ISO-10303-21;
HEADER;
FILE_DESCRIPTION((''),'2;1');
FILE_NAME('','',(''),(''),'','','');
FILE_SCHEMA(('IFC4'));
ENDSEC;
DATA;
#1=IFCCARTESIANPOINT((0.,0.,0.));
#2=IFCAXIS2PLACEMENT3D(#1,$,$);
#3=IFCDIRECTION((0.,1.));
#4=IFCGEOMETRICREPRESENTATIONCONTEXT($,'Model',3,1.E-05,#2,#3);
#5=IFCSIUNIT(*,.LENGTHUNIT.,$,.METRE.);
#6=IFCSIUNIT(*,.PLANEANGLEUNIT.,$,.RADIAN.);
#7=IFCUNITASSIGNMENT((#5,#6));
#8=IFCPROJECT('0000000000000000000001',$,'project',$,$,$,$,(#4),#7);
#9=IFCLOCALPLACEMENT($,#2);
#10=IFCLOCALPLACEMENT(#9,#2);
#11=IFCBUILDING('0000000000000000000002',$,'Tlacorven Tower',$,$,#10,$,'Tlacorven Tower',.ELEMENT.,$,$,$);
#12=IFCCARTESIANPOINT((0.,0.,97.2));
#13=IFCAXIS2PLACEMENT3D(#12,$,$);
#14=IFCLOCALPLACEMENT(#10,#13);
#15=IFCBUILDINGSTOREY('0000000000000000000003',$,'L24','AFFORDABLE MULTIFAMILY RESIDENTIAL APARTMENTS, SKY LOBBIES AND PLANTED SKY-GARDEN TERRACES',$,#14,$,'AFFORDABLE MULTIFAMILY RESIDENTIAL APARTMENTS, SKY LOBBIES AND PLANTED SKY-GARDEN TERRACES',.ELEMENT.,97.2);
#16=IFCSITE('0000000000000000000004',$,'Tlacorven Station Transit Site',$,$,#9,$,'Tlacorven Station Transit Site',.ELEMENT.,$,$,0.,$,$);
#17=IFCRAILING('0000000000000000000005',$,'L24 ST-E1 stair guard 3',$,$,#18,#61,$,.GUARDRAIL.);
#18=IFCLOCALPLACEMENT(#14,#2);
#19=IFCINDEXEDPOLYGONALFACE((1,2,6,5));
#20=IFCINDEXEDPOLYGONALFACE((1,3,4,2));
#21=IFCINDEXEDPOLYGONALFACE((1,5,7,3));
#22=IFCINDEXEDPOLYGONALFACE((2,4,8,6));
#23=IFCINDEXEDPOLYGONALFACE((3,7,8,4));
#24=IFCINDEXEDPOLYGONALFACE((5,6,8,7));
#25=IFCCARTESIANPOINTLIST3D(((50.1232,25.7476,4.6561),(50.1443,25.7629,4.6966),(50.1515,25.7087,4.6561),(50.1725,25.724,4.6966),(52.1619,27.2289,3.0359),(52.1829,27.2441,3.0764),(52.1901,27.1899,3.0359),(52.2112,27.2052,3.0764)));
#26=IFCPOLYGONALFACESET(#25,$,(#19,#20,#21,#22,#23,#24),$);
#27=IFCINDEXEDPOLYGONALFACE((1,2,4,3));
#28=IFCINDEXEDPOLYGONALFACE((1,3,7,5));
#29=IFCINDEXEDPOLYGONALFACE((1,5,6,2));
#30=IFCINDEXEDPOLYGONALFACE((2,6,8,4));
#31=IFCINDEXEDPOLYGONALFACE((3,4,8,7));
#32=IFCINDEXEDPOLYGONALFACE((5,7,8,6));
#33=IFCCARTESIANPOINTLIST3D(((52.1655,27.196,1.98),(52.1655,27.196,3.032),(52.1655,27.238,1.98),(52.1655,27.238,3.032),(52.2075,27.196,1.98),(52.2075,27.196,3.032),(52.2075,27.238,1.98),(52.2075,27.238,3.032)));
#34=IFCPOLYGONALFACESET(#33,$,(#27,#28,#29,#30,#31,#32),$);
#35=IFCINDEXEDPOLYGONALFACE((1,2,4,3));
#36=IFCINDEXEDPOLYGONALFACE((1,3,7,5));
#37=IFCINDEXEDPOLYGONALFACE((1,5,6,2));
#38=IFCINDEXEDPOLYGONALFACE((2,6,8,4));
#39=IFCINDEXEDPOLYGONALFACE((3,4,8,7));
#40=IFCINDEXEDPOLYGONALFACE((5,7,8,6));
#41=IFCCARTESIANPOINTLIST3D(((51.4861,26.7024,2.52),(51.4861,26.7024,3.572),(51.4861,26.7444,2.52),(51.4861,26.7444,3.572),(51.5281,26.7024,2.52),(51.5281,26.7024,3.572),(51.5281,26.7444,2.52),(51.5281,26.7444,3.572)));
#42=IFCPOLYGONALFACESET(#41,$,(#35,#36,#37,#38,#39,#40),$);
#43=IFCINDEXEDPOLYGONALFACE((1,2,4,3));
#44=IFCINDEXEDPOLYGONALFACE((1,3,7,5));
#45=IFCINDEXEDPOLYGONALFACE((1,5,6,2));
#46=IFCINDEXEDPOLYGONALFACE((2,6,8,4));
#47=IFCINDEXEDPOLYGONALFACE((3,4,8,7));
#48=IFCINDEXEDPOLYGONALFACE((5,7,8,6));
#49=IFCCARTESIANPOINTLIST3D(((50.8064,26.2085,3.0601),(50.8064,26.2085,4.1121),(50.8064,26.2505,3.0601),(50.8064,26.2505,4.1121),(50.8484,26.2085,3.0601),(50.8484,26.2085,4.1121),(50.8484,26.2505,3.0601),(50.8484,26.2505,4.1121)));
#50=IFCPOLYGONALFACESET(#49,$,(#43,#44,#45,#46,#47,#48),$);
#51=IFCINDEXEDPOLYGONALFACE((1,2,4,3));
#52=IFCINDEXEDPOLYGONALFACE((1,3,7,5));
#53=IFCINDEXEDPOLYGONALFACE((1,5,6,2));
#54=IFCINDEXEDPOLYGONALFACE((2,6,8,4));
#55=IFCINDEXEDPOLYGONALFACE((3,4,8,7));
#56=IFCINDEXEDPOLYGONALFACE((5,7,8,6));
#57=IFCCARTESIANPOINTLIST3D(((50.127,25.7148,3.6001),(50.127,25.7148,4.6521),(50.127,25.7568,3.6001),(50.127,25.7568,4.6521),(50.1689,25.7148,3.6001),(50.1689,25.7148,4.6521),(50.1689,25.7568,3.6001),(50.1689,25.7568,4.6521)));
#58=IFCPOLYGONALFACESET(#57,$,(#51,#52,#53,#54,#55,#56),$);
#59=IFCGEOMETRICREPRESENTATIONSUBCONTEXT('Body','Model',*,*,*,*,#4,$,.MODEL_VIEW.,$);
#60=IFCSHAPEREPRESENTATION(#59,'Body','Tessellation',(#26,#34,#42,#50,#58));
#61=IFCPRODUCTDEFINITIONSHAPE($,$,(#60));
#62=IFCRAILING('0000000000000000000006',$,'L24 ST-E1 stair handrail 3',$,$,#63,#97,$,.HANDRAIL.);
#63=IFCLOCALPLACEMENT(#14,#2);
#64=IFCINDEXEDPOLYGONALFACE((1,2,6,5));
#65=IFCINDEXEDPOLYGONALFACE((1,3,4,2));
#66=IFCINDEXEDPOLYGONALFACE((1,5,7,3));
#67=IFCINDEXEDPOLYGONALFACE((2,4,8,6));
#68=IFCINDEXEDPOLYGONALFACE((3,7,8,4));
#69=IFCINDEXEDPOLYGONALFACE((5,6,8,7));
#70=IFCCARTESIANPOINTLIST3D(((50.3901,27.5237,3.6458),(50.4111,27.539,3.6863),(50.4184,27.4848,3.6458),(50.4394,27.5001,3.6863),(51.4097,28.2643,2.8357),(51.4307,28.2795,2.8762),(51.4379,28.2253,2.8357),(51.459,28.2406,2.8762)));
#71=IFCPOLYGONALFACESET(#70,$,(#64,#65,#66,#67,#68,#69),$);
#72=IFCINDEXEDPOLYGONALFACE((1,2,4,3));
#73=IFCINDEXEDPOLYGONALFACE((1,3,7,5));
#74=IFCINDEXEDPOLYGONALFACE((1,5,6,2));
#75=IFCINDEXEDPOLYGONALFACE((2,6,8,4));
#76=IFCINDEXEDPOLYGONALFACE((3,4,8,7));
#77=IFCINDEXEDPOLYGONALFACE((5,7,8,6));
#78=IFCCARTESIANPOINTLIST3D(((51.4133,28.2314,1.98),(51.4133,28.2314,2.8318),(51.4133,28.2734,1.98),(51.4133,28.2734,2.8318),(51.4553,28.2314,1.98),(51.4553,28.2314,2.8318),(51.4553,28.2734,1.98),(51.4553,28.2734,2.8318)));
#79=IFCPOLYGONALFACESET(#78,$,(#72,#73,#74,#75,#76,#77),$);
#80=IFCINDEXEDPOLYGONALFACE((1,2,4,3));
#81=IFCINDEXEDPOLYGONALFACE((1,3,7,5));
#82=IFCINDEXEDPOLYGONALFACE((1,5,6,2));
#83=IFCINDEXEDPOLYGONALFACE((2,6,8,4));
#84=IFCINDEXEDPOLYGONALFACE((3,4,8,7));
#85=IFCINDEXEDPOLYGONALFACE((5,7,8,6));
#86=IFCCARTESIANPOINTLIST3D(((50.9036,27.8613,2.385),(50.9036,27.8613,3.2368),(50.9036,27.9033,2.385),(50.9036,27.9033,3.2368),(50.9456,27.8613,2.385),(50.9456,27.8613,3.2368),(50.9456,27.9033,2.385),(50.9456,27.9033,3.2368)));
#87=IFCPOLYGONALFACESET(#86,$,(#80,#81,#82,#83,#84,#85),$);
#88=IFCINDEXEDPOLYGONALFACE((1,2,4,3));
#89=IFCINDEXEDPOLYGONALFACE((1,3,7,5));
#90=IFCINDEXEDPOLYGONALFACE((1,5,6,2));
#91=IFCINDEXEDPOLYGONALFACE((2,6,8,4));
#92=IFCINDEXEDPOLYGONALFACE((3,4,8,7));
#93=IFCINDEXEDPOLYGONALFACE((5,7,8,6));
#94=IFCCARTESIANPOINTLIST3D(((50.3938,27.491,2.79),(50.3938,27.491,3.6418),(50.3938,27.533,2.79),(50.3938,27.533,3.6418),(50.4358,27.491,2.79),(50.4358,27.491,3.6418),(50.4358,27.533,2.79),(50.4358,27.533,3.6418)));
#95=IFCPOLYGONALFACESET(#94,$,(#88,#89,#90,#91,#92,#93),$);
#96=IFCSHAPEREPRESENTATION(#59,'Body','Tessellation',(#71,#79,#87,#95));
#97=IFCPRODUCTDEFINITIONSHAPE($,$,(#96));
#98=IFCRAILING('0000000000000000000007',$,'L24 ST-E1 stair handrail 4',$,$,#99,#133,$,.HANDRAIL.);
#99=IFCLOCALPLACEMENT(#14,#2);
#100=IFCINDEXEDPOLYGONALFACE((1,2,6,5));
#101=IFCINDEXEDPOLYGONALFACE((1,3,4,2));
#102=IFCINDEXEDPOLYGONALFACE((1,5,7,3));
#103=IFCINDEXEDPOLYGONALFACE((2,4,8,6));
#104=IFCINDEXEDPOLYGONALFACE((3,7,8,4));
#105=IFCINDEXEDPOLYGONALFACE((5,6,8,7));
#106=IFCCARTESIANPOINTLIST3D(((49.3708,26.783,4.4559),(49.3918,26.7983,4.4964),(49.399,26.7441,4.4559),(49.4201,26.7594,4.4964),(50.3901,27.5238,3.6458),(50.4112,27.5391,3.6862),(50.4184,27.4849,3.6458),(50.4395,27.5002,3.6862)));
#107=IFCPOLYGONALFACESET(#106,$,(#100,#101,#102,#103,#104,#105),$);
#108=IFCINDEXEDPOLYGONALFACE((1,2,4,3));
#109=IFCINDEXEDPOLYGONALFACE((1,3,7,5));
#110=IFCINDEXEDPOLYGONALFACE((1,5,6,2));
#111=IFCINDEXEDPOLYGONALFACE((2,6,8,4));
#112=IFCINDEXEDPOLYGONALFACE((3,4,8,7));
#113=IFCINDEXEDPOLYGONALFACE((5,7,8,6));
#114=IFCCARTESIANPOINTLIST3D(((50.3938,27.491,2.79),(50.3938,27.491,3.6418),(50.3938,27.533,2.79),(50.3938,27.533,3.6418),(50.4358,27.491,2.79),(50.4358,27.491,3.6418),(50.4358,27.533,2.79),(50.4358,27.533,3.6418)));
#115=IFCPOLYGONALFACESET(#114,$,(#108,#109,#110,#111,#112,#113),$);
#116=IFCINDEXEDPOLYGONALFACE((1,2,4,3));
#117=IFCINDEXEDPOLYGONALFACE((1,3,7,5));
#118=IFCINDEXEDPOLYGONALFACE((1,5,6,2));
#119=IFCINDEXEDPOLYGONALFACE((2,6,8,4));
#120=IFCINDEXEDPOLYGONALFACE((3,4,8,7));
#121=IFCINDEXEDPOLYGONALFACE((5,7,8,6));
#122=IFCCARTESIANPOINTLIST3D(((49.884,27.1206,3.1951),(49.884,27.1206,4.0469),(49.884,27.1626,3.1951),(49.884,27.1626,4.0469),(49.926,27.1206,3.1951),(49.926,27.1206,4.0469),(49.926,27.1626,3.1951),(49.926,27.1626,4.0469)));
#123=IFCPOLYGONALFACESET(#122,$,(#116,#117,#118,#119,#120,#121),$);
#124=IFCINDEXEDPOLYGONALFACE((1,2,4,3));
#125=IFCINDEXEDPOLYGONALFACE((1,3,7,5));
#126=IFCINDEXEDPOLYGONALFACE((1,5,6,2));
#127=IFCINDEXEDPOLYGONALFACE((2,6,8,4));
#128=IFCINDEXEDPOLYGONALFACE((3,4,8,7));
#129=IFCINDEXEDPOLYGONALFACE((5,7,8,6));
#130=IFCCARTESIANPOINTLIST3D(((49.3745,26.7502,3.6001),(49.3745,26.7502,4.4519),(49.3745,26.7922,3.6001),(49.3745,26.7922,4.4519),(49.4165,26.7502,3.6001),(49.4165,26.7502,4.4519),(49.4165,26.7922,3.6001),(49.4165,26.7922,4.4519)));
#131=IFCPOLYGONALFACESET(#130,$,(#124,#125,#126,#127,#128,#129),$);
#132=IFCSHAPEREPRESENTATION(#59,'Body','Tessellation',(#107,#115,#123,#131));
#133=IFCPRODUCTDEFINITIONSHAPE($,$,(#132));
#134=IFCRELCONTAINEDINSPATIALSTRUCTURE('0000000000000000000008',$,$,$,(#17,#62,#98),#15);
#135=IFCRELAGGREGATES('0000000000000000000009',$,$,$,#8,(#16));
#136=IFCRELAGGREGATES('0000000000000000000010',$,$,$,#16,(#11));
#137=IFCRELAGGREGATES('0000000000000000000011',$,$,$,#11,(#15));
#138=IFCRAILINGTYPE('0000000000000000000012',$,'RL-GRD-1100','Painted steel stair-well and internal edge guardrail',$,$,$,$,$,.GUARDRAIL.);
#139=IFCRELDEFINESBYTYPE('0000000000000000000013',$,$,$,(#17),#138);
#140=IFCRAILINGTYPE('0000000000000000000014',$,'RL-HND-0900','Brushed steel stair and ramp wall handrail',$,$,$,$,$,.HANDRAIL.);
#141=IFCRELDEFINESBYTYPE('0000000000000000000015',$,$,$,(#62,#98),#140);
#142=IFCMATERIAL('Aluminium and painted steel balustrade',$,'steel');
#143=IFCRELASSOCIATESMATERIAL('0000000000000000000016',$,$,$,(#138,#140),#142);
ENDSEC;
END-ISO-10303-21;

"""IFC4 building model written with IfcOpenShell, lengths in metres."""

from ifc_helpers import new_model, si_unit, direction, frame, origin, origin_2d, place, context, subcontext, project, spatial, rectangle, extrude, source, transform, mapped, material, type_object, element, save


model = new_model("IFC4")

# Units and contexts
model_context = context("Model", 3, precision=1e-05, world=origin(), true_north=direction((0.0, 1.0)))
body_context = subcontext(model_context, "Body", "Model", "MODEL_VIEW")
ifc_project = project(units=[si_unit("LENGTHUNIT", "METRE"), si_unit("PLANEANGLEUNIT", "RADIAN")], contexts=[model_context])

# Site, building, storey
site_placement = place(None, origin())
site = spatial("IfcSite", under=ifc_project, at=site_placement, Name="Tlacorven Station Transit Site", LongName="Tlacorven Station Transit Site", CompositionType="ELEMENT", RefElevation=0.0)
building_placement = place(site_placement, origin())
building = spatial("IfcBuilding", under=site, at=building_placement, Name="Tlacorven Tower", LongName="Tlacorven Tower", CompositionType="ELEMENT")
storey_placement = place(building_placement, frame((0.0, 0.0, 97.2)))
storey = spatial("IfcBuildingStorey", under=building, at=storey_placement, Name="L24", Description="AFFORDABLE MULTIFAMILY RESIDENTIAL APARTMENTS, SKY LOBBIES AND PLANTED SKY-GARDEN TERRACES", LongName="AFFORDABLE MULTIFAMILY RESIDENTIAL APARTMENTS, SKY LOBBIES AND PLANTED SKY-GARDEN TERRACES", CompositionType="ELEMENT", Elevation=97.2)

# Shared definitions
ifc_material_1 = material(Name="Aluminium and painted steel balustrade", Category="steel")

# Railings
railing_type_1 = type_object("IfcRailingType", Name="RL-GRD-1100", Description="Painted steel stair-well and internal edge guardrail", PredefinedType="GUARDRAIL", material=ifc_material_1)
shared_shape_1 = source(origin(), body_context, "Body", "SweptSolid", [
    extrude(rectangle(XDim=0.0481, YDim=0.0481, at=origin_2d()), frame((0.0, 0.0, 1.0762), z_axis=(-0.680489, -0.494434, 0.540805), x_axis=(0.587809, -0.809, 0.0)), (0.0, 0.0, 1.0), 2.9958),
    extrude(rectangle(XDim=0.042, YDim=0.042, at=origin_2d()), origin(), (0.0, 0.0, 1.0), 1.052),
    extrude(rectangle(XDim=0.042, YDim=0.042, at=origin_2d()), frame((-0.6794, -0.4937, 0.54)), (0.0, 0.0, 1.0), 1.052),
    extrude(rectangle(XDim=0.042, YDim=0.042, at=origin_2d()), frame((-1.3591, -0.9875, 1.0801)), (0.0, 0.0, 1.0), 1.052),
    extrude(rectangle(XDim=0.042, YDim=0.042, at=origin_2d()), frame((-2.0386, -1.4812, 1.6201)), (0.0, 0.0, 1.0), 1.052),
])
railing_1_placement = place(storey_placement, frame((52.1865, 27.217, 1.98)))
element("IfcRailing", 1, at=railing_1_placement, inside=storey, type_object=railing_type_1, Name="L24 ST-E1 stair guard 3", PredefinedType="GUARDRAIL", context=body_context, shape_type="MappedRepresentation", body=[
    mapped(shared_shape_1, transform((0.0, 0.0, 0.0), scale=1.0)),
])
railing_type_2 = type_object("IfcRailingType", Name="RL-HND-0900", Description="Brushed steel stair and ramp wall handrail", PredefinedType="HANDRAIL", material=ifc_material_1)
shared_shape_2 = source(origin(), body_context, "Body", "SweptSolid", [
    extrude(rectangle(XDim=0.0481, YDim=0.0481, at=origin_2d()), frame((0.0, 0.0, 0.876), z_axis=(-0.680604, -0.494318, 0.540767), x_axis=(0.587653, -0.809113, 0.0)), (0.0, 0.0, 1.0), 1.498),
    extrude(rectangle(XDim=0.042, YDim=0.042, at=origin_2d()), origin(), (0.0, 0.0, 1.0), 0.8518),
    extrude(rectangle(XDim=0.042, YDim=0.042, at=origin_2d()), frame((-0.5098, -0.3701, 0.405)), (0.0, 0.0, 1.0), 0.8518),
    extrude(rectangle(XDim=0.042, YDim=0.042, at=origin_2d()), frame((-1.0195, -0.7405, 0.8101)), (0.0, 0.0, 1.0), 0.8518),
])
railing_2_placement = place(storey_placement, frame((51.4343, 28.2524, 1.98)))
element("IfcRailing", 2, at=railing_2_placement, inside=storey, type_object=railing_type_2, Name="L24 ST-E1 stair handrail 3", PredefinedType="HANDRAIL", context=body_context, shape_type="MappedRepresentation", body=[
    mapped(shared_shape_2, transform((0.0, 0.0, 0.0), scale=1.0)),
])
shared_shape_3 = source(origin(), body_context, "Body", "SweptSolid", [
    extrude(rectangle(XDim=0.0481, YDim=0.0481, at=origin_2d()), frame((0.0, 0.0, 0.876), z_axis=(-0.680461, -0.494496, 0.540783), x_axis=(0.587872, -0.808954, 0.0)), (0.0, 0.0, 1.0), 1.498),
    extrude(rectangle(XDim=0.042, YDim=0.042, at=origin_2d()), origin(), (0.0, 0.0, 1.0), 0.8518),
    extrude(rectangle(XDim=0.042, YDim=0.042, at=origin_2d()), frame((-0.5098, -0.3704, 0.405)), (0.0, 0.0, 1.0), 0.8518),
    extrude(rectangle(XDim=0.042, YDim=0.042, at=origin_2d()), frame((-1.0193, -0.7407, 0.8101)), (0.0, 0.0, 1.0), 0.8518),
])
railing_3_placement = place(storey_placement, frame((50.4148, 27.512, 2.79)))
element("IfcRailing", 3, at=railing_3_placement, inside=storey, type_object=railing_type_2, Name="L24 ST-E1 stair handrail 4", PredefinedType="HANDRAIL", context=body_context, shape_type="MappedRepresentation", body=[
    mapped(shared_shape_3, transform((0.0, 0.0, 0.0), scale=1.0)),
])

save(model, "model.ifc")
